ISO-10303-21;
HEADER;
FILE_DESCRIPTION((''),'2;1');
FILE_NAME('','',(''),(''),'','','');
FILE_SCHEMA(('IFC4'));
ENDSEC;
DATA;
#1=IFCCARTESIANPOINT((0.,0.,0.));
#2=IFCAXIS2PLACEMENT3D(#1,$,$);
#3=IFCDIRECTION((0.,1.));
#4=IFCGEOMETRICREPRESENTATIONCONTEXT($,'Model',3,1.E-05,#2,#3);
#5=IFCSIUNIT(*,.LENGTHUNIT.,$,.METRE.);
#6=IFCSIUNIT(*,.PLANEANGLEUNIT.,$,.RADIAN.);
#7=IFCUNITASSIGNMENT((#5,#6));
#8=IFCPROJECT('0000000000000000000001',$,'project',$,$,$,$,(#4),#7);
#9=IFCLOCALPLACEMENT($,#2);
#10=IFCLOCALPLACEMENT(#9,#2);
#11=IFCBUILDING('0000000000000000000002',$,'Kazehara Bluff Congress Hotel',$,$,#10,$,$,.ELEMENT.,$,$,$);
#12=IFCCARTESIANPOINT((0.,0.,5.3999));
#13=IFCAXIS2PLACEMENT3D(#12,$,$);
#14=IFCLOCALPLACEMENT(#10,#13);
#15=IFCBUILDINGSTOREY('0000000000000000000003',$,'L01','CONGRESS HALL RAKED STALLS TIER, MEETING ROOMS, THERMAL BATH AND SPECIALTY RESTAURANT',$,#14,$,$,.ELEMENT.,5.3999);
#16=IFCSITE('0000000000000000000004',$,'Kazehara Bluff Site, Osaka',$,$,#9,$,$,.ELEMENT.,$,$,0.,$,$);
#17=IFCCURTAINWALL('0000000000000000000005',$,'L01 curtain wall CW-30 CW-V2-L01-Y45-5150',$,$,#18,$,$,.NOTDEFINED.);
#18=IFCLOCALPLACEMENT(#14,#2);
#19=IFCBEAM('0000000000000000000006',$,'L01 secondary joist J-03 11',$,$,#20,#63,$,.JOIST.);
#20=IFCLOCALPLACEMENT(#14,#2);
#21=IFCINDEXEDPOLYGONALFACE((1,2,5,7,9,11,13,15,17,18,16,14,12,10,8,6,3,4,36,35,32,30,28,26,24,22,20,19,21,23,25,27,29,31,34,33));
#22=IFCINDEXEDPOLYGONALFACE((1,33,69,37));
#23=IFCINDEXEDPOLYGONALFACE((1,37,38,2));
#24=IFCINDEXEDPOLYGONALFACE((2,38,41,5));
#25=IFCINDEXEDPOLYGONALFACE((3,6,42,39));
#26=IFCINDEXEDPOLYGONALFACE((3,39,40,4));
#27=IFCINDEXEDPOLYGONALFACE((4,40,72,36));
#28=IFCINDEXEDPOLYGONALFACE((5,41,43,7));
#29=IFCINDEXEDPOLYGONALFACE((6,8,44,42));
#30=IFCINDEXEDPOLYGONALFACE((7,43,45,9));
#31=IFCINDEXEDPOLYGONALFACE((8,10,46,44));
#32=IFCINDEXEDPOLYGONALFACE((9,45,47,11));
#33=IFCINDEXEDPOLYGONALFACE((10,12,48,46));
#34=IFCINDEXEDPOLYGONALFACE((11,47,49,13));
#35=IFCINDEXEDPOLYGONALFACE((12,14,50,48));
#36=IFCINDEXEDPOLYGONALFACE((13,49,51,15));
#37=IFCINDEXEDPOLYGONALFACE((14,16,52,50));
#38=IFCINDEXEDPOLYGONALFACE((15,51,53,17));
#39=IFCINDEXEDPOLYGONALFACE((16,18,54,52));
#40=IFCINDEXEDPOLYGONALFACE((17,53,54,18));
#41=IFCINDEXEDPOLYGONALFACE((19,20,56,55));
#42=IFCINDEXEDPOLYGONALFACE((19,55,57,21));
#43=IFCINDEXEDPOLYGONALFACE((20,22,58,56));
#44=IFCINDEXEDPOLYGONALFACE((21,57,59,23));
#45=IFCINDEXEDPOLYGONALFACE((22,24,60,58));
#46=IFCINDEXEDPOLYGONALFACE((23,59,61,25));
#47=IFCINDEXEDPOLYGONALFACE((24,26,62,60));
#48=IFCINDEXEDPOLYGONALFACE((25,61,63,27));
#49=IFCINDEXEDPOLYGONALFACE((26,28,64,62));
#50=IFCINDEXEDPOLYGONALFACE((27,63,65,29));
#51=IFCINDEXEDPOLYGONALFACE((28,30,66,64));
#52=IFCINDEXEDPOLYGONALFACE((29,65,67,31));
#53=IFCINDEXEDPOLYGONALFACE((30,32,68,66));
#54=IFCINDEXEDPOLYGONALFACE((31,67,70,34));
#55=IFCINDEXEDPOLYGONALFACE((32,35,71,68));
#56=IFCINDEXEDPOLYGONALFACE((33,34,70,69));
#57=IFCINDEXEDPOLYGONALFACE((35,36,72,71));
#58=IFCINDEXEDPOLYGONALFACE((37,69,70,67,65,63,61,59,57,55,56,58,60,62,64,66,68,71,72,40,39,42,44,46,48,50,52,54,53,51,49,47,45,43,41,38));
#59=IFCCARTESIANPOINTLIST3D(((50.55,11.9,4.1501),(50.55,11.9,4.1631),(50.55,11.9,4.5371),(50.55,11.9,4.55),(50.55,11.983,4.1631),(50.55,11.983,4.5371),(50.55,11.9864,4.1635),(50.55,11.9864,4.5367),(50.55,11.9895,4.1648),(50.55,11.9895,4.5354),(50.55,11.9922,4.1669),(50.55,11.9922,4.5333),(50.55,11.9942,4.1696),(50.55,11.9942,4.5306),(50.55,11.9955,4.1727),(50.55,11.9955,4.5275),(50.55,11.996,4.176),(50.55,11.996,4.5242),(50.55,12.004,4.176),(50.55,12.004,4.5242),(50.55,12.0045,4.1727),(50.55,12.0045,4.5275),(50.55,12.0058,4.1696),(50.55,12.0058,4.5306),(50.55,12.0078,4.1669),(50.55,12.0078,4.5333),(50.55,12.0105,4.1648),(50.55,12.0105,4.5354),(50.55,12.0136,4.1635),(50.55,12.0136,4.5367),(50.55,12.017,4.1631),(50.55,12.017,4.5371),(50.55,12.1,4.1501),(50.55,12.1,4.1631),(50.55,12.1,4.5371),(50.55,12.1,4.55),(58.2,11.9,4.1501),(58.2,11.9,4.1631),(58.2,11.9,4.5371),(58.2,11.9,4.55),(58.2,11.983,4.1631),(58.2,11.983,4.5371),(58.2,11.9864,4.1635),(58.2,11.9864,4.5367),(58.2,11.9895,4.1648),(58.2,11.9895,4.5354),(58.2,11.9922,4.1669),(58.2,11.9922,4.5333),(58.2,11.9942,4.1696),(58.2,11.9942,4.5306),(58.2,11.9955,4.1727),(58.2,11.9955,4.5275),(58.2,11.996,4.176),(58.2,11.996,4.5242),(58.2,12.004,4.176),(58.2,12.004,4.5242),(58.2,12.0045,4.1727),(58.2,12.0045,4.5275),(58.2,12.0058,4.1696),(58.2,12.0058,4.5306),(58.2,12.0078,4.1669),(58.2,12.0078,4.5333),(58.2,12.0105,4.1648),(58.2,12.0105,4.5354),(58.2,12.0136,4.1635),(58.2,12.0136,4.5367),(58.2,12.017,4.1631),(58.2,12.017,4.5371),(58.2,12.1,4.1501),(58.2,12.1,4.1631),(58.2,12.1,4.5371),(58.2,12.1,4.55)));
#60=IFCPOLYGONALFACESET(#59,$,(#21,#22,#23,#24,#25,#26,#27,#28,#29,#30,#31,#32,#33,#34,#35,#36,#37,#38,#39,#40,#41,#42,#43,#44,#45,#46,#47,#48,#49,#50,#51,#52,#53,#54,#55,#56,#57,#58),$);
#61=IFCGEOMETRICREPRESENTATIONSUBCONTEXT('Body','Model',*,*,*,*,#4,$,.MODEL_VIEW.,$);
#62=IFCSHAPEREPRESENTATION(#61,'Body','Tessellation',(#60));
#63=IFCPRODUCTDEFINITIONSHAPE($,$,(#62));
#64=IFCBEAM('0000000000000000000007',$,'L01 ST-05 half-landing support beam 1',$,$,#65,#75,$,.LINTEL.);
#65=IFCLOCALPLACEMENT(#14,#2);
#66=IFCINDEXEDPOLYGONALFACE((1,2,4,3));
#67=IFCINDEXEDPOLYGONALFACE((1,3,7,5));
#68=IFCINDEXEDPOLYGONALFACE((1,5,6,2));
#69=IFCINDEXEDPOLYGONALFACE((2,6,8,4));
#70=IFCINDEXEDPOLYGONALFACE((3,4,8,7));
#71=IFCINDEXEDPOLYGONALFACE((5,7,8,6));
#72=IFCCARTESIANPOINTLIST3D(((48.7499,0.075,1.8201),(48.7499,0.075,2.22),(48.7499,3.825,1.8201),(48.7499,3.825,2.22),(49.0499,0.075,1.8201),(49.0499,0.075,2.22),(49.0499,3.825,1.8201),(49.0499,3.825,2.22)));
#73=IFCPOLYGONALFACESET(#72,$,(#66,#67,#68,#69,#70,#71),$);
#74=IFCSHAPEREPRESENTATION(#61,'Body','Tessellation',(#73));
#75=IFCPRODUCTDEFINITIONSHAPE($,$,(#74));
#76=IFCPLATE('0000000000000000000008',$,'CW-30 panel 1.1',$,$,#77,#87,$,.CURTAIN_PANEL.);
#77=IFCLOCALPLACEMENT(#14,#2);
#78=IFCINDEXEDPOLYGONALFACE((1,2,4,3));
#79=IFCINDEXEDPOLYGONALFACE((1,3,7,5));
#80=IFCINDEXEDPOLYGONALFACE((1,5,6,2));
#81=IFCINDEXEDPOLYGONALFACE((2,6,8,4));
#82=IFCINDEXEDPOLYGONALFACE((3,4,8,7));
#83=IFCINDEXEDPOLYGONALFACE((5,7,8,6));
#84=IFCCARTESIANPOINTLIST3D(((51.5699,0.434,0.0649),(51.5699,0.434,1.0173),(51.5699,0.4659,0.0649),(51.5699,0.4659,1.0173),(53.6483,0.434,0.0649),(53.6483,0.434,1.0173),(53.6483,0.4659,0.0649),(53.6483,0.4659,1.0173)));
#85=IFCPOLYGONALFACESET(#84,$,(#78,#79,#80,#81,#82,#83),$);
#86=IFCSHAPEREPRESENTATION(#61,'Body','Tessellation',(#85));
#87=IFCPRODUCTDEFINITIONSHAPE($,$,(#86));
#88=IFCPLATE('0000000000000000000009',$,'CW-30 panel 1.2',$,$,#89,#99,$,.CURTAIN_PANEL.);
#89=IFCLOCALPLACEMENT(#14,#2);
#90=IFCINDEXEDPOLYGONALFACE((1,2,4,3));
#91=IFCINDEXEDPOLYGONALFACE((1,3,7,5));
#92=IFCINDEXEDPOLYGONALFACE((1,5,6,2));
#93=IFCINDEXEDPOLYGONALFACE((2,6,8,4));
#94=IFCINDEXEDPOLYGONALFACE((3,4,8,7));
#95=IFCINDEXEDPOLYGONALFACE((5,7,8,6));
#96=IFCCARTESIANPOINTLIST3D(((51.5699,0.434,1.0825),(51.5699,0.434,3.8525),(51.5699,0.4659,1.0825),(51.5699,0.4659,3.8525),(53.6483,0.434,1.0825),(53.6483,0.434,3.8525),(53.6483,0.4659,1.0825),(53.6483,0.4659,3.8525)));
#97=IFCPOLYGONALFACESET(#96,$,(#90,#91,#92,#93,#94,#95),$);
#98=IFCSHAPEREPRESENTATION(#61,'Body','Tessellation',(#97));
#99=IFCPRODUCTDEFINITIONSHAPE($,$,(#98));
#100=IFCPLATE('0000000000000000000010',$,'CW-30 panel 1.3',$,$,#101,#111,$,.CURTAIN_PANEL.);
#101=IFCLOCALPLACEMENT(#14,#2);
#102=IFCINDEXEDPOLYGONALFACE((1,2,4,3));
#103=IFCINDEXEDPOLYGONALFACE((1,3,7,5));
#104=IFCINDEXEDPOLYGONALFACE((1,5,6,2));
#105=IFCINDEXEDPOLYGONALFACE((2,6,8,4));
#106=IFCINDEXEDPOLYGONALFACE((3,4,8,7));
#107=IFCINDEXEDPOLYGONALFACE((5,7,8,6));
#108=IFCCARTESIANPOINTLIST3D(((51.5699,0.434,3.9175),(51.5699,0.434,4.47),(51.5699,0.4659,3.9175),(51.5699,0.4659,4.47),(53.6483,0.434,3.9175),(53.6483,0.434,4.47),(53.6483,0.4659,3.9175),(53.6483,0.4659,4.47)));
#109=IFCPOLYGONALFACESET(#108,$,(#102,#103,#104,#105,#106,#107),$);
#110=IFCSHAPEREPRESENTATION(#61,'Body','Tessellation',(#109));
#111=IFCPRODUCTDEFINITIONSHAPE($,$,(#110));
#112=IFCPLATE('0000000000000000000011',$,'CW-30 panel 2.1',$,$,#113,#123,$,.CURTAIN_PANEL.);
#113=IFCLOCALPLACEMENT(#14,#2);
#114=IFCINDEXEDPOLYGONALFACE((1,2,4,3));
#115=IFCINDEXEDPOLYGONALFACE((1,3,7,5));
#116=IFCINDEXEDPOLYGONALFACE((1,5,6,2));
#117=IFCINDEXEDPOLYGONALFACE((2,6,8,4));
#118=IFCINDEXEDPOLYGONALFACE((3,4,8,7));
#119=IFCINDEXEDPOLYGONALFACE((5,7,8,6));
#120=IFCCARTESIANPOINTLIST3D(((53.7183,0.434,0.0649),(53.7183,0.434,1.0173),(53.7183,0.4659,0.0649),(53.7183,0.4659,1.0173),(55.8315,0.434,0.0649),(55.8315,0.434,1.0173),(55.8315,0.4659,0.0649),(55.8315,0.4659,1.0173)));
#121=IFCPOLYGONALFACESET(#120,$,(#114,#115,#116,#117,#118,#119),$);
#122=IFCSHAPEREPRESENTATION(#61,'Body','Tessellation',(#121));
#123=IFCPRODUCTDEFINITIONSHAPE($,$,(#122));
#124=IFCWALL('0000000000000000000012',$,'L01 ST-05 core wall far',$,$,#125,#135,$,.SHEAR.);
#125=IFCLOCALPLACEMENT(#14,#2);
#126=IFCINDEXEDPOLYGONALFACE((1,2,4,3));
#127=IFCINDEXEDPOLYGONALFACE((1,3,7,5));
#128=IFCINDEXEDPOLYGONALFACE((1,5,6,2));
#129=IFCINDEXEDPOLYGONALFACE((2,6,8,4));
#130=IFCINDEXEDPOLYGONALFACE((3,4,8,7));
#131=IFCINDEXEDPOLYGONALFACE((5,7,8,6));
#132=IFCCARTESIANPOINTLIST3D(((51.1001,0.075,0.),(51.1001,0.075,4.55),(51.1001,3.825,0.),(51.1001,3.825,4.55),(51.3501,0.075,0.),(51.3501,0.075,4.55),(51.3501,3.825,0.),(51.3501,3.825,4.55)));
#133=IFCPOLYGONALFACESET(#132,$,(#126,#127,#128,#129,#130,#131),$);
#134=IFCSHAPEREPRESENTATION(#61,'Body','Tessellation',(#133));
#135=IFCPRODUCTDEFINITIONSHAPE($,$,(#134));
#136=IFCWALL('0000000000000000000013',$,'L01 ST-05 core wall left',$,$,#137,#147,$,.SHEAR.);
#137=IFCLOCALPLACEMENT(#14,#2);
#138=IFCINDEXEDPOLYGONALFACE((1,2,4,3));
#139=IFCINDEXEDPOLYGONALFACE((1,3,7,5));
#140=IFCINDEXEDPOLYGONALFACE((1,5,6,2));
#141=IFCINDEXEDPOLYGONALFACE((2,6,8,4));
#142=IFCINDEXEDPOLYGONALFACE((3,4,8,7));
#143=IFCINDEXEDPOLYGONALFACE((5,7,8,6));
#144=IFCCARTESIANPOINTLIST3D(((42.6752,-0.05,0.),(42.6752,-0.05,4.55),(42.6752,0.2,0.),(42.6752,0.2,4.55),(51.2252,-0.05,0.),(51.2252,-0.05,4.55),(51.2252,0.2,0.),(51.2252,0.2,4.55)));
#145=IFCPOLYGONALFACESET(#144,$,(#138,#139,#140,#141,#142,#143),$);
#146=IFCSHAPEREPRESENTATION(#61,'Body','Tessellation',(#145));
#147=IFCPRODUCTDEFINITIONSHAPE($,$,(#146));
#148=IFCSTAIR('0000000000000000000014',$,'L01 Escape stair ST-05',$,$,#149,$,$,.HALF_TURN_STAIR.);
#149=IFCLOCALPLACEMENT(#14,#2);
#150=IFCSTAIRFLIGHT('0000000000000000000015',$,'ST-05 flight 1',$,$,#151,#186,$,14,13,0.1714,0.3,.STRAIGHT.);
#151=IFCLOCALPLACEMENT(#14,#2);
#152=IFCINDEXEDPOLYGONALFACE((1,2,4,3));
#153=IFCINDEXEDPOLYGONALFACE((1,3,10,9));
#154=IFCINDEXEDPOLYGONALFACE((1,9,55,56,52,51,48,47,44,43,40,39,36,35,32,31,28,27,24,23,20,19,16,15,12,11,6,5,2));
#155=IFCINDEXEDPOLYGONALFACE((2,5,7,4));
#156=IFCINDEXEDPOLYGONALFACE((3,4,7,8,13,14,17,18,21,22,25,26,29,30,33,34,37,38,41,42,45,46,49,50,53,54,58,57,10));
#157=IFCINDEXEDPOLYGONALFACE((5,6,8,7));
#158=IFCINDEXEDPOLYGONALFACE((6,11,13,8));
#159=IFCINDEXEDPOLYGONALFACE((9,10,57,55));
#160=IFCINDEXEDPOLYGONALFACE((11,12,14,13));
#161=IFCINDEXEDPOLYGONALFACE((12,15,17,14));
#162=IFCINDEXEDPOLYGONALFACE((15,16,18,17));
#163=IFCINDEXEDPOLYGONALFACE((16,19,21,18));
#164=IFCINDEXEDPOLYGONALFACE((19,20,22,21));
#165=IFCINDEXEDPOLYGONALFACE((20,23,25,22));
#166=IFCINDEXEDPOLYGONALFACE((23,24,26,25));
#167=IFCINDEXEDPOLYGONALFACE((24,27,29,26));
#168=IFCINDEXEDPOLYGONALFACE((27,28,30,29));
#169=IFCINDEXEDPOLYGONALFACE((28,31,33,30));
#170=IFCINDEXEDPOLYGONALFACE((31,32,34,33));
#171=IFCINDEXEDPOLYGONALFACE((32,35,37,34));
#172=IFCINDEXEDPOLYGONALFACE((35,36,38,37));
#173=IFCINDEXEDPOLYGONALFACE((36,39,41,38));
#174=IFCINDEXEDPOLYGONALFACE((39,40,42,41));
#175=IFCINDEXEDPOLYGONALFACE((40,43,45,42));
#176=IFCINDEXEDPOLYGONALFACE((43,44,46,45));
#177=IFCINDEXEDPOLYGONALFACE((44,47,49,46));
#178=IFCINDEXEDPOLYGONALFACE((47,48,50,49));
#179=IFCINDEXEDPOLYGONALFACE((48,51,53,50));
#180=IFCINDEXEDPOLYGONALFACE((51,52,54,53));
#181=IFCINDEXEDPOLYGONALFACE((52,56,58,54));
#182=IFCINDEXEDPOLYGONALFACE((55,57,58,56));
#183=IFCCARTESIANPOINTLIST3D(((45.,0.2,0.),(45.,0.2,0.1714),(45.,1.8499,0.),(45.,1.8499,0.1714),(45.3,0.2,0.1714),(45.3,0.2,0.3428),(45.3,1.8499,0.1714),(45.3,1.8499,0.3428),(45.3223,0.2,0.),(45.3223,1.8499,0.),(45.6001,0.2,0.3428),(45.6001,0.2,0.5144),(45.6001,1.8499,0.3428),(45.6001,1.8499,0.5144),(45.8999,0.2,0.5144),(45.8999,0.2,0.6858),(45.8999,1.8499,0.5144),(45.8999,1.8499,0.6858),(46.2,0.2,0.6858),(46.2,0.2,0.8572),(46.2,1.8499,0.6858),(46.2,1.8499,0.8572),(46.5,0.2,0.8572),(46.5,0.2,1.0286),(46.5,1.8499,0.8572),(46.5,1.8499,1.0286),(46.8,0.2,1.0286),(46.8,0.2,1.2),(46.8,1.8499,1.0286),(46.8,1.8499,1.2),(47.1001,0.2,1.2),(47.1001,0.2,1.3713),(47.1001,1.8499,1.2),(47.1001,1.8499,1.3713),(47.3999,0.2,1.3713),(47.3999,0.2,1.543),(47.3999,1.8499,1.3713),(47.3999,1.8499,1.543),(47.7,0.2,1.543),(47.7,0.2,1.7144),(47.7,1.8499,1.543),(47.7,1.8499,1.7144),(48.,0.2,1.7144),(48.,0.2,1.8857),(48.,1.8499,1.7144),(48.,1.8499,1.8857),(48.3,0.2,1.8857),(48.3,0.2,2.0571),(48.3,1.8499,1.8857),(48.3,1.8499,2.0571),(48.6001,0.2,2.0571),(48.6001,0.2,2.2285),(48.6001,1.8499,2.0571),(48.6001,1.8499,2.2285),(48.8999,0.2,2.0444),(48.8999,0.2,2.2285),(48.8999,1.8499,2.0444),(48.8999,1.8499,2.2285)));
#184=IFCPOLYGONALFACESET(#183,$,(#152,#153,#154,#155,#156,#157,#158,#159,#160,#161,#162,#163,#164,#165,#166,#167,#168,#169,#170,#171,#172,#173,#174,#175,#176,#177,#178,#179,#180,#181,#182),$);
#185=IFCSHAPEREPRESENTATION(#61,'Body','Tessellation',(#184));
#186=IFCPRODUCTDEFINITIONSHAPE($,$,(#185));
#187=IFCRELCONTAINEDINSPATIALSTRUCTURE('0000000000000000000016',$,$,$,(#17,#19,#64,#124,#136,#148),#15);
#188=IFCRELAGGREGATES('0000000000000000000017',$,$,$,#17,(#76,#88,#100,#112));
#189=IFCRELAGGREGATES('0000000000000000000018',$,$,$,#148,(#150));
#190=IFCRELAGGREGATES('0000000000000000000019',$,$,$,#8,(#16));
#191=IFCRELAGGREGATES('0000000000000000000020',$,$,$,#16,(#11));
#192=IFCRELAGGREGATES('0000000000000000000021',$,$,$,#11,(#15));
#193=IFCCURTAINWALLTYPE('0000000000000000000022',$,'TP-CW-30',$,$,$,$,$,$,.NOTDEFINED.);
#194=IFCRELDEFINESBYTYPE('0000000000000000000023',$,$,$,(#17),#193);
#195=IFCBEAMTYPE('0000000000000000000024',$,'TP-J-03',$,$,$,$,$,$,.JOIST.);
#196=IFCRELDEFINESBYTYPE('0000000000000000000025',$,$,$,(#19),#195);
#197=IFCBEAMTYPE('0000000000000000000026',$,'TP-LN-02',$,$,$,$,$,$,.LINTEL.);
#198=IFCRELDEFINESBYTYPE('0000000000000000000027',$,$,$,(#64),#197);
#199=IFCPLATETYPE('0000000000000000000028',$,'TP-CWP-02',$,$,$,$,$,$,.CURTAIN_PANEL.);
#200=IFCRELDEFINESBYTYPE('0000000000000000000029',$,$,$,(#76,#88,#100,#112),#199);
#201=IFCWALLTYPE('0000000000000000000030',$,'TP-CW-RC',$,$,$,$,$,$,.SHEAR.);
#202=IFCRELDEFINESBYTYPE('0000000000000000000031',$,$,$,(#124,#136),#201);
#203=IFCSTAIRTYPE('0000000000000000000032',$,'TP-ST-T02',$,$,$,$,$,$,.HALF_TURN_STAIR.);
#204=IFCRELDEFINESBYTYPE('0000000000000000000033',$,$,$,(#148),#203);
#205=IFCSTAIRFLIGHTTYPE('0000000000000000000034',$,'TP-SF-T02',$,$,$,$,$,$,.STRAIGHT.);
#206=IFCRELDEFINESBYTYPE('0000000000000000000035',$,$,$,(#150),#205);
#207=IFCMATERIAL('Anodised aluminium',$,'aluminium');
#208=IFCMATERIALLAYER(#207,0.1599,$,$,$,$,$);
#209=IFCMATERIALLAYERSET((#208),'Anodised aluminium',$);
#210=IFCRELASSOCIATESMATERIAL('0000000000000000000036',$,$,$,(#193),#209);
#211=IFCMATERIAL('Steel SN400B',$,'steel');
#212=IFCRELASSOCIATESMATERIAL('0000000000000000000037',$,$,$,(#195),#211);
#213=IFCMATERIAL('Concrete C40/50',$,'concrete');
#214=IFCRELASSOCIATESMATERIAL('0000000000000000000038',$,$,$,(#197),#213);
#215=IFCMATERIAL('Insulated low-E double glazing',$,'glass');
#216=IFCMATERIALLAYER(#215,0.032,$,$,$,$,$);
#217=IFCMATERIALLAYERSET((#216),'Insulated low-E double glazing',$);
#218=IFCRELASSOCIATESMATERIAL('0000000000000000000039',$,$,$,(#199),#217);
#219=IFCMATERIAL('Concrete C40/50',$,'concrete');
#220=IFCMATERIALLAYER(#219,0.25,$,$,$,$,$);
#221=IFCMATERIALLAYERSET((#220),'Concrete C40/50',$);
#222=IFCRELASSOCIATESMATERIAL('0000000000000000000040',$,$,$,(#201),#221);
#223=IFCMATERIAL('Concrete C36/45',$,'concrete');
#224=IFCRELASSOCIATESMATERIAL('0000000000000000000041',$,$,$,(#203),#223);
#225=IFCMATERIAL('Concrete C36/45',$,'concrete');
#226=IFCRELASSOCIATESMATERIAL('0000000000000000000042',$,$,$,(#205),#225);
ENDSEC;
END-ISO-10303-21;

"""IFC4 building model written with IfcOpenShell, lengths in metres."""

from ifc_helpers import new_model, si_unit, direction, frame, frame_2d, origin, origin_2d, place, context, subcontext, project, spatial, polyline, rectangle, i_section, outline, extrude, material, layer, layer_set, material_profile, profile_set, type_object, element, aggregate, save


model = new_model("IFC4")

# Units and contexts
model_context = context("Model", 3, precision=1e-05, world=origin(), true_north=direction((0.0, 1.0)))
body_context = subcontext(model_context, "Body", "Model", "MODEL_VIEW")
ifc_project = project(units=[si_unit("LENGTHUNIT", "METRE"), si_unit("PLANEANGLEUNIT", "RADIAN")], contexts=[model_context])

# Site, building, storey
site_placement = place(None, origin())
site = spatial("IfcSite", under=ifc_project, at=site_placement, Name="Kazehara Bluff Site, Osaka", CompositionType="ELEMENT", RefElevation=0.0)
building_placement = place(site_placement, origin())
building = spatial("IfcBuilding", under=site, at=building_placement, Name="Kazehara Bluff Congress Hotel", CompositionType="ELEMENT")
storey_placement = place(building_placement, frame((0.0, 0.0, 5.3999)))
storey = spatial("IfcBuildingStorey", under=building, at=storey_placement, Name="L01", Description="CONGRESS HALL RAKED STALLS TIER, MEETING ROOMS, THERMAL BATH AND SPECIALTY RESTAURANT", CompositionType="ELEMENT", Elevation=5.3999)

# Curtain wall
ifc_material_1 = material(Name="Anodised aluminium", Category="aluminium")
ifc_layer_1 = layer(ifc_material_1, 0.1599)
ifc_layer_set_1 = layer_set([ifc_layer_1], Name="Anodised aluminium")
curtain_wall_type = type_object("IfcCurtainWallType", Name="TP-CW-30", PredefinedType="NOTDEFINED", material=ifc_layer_set_1)
curtain_wall_placement = place(storey_placement, origin())
curtain_wall = element("IfcCurtainWall", 1, at=curtain_wall_placement, inside=storey, type_object=curtain_wall_type, Name="L01 curtain wall CW-30 CW-V2-L01-Y45-5150", PredefinedType="NOTDEFINED")

# Beams
ifc_material_2 = material(Name="Steel SN400B", Category="steel")
ifc_material_profile_1 = material_profile(ifc_material_2, i_section(OverallWidth=0.2, OverallDepth=0.3999, WebThickness=0.0081, FlangeThickness=0.0129, FilletRadius=0.0129, at=origin_2d()))
ifc_profile_set_1 = profile_set([ifc_material_profile_1], Name="Steel SN400B")
beam_type_1 = type_object("IfcBeamType", Name="TP-J-03", PredefinedType="JOIST", material=ifc_profile_set_1)
beam_1_placement = place(storey_placement, frame((50.55, 12.0, 4.3501), z_axis=(1.0, 0.0, 0.0), x_axis=(0.0, 1.0, 0.0)))
element("IfcBeam", 2, at=beam_1_placement, inside=storey, type_object=beam_type_1, Name="L01 secondary joist J-03 11", PredefinedType="JOIST", context=body_context, shape_type="SweptSolid", body=[
    extrude(i_section(OverallWidth=0.2, OverallDepth=0.3999, WebThickness=0.0081, FlangeThickness=0.0129, FilletRadius=0.0129, at=origin_2d()), origin(), (0.0, 0.0, 1.0), 7.6499),
])
ifc_material_3 = material(Name="Concrete C40/50", Category="concrete")
ifc_material_profile_2 = material_profile(ifc_material_3, rectangle(XDim=0.3, YDim=0.3999, at=origin_2d()))
ifc_profile_set_2 = profile_set([ifc_material_profile_2], Name="Concrete C40/50")
beam_type_2 = type_object("IfcBeamType", Name="TP-LN-02", PredefinedType="LINTEL", material=ifc_profile_set_2)
beam_2_placement = place(storey_placement, frame((48.8999, 0.075, 2.02), z_axis=(0.0, 1.0, 0.0), x_axis=(-1.0, 0.0, 0.0)))
element("IfcBeam", 3, at=beam_2_placement, inside=storey, type_object=beam_type_2, Name="L01 ST-05 half-landing support beam 1", PredefinedType="LINTEL", context=body_context, shape_type="SweptSolid", body=[
    extrude(rectangle(XDim=0.3, YDim=0.3999, at=origin_2d()), origin(), (0.0, 0.0, 1.0), 3.75),
])

# Plates
ifc_material_4 = material(Name="Insulated low-E double glazing", Category="glass")
ifc_layer_2 = layer(ifc_material_4, 0.032)
ifc_layer_set_2 = layer_set([ifc_layer_2], Name="Insulated low-E double glazing")
plate_type = type_object("IfcPlateType", Name="TP-CWP-02", PredefinedType="CURTAIN_PANEL", material=ifc_layer_set_2)
plate_1_placement = place(storey_placement, frame((52.6091, 0.45, 0.0649), z_axis=(0.0, 0.0, 1.0), x_axis=(1.0, 0.0, 0.0)))
plate_1 = element("IfcPlate", 4, at=plate_1_placement, type_object=plate_type, Name="CW-30 panel 1.1", PredefinedType="CURTAIN_PANEL", context=body_context, shape_type="SweptSolid", body=[
    extrude(rectangle(XDim=2.0784, YDim=0.032, at=origin_2d()), origin(), (0.0, 0.0, 1.0), 0.9524),
])
plate_2_placement = place(storey_placement, frame((52.6091, 0.45, 1.0825), z_axis=(0.0, 0.0, 1.0), x_axis=(1.0, 0.0, 0.0)))
plate_2 = element("IfcPlate", 5, at=plate_2_placement, type_object=plate_type, Name="CW-30 panel 1.2", PredefinedType="CURTAIN_PANEL", context=body_context, shape_type="SweptSolid", body=[
    extrude(rectangle(XDim=2.0784, YDim=0.032, at=origin_2d()), origin(), (0.0, 0.0, 1.0), 2.77),
])
plate_3_placement = place(storey_placement, frame((52.6091, 0.45, 3.9175), z_axis=(0.0, 0.0, 1.0), x_axis=(1.0, 0.0, 0.0)))
plate_3 = element("IfcPlate", 6, at=plate_3_placement, type_object=plate_type, Name="CW-30 panel 1.3", PredefinedType="CURTAIN_PANEL", context=body_context, shape_type="SweptSolid", body=[
    extrude(rectangle(XDim=2.0784, YDim=0.032, at=origin_2d()), origin(), (0.0, 0.0, 1.0), 0.5525),
])
plate_4_placement = place(storey_placement, frame((54.7749, 0.45, 0.0649), z_axis=(0.0, 0.0, 1.0), x_axis=(1.0, 0.0, 0.0)))
plate_4 = element("IfcPlate", 7, at=plate_4_placement, type_object=plate_type, Name="CW-30 panel 2.1", PredefinedType="CURTAIN_PANEL", context=body_context, shape_type="SweptSolid", body=[
    extrude(rectangle(XDim=2.1133, YDim=0.032, at=origin_2d()), origin(), (0.0, 0.0, 1.0), 0.9524),
])
aggregate(curtain_wall, [plate_1, plate_2, plate_3, plate_4])

# Walls
ifc_material_5 = material(Name="Concrete C40/50", Category="concrete")
ifc_layer_3 = layer(ifc_material_5, 0.25)
ifc_layer_set_3 = layer_set([ifc_layer_3], Name="Concrete C40/50")
wall_type = type_object("IfcWallType", Name="TP-CW-RC", PredefinedType="SHEAR", material=ifc_layer_set_3)
wall_1_placement = place(storey_placement, frame((51.2251, 3.825, 0.0), z_axis=(0.0, 0.0, 1.0), x_axis=(0.0, -1.0, 0.0)))
element("IfcWall", 8, at=wall_1_placement, inside=storey, type_object=wall_type, Name="L01 ST-05 core wall far", PredefinedType="SHEAR", context=body_context, shape_type="SweptSolid", body=[
    extrude(rectangle(XDim=3.75, YDim=0.25, at=frame_2d((1.875, 0.0))), origin(), (0.0, 0.0, 1.0), 4.55),
])
wall_2_placement = place(storey_placement, frame((51.2251, 0.075, 0.0), z_axis=(0.0, 0.0, 1.0), x_axis=(-1.0, 0.0, 0.0)))
element("IfcWall", 9, at=wall_2_placement, inside=storey, type_object=wall_type, Name="L01 ST-05 core wall left", PredefinedType="SHEAR", context=body_context, shape_type="SweptSolid", body=[
    extrude(rectangle(XDim=8.55, YDim=0.25, at=frame_2d((4.2749, 0.0))), origin(), (0.0, 0.0, 1.0), 4.55),
])

# Stair, stair flight
ifc_material_6 = material(Name="Concrete C36/45", Category="concrete")
stair_type = type_object("IfcStairType", Name="TP-ST-T02", PredefinedType="HALF_TURN_STAIR", material=ifc_material_6)
stair_placement = place(storey_placement, origin())
stair = element("IfcStair", 10, at=stair_placement, inside=storey, type_object=stair_type, Name="L01 Escape stair ST-05", PredefinedType="HALF_TURN_STAIR")
ifc_material_7 = material(Name="Concrete C36/45", Category="concrete")
stair_flight_type = type_object("IfcStairFlightType", Name="TP-SF-T02", PredefinedType="STRAIGHT", material=ifc_material_7)
stair_flight_1_placement = place(storey_placement, frame((45.0, 1.0249, 0.0), z_axis=(0.0, 0.0, 1.0), x_axis=(1.0, 0.0, 0.0)))
stair_flight_1 = element("IfcStairFlight", 11, at=stair_flight_1_placement, type_object=stair_flight_type, Name="ST-05 flight 1", NumberOfRisers=14, NumberOfTreads=13, PredefinedType="STRAIGHT", RiserHeight=0.1714, TreadLength=0.3, context=body_context, shape_type="SweptSolid", body=[
    extrude(outline(polyline([(0.0, 0.0), (0.0, 0.1714), (0.3, 0.1714), (0.3, 0.3428), (0.6001, 0.3428), (0.6001, 0.5144), (0.8999, 0.5144), (0.8999, 0.6858), (1.2, 0.6858), (1.2, 0.8572), (1.5, 0.8572), (1.5, 1.0286), (1.8, 1.0286), (1.8, 1.2), (2.1001, 1.2), (2.1001, 1.3713), (2.3999, 1.3713), (2.3999, 1.543), (2.7, 1.543), (2.7, 1.7144), (3.0, 1.7144), (3.0, 1.8857), (3.3, 1.8857), (3.3, 2.0571), (3.6001, 2.0571), (3.6001, 2.2285), (3.8999, 2.2285), (3.8999, 2.3999), (3.8999, 2.0444), (0.3223, 0.0), (0.0, 0.0)])), frame((0.0, 0.825, 0.0), z_axis=(0.0, -1.0, 0.0), x_axis=(1.0, 0.0, 0.0)), (0.0, 0.0, 1.0), 1.6499),
])
aggregate(stair, [stair_flight_1])

save(model, "model.ifc")
